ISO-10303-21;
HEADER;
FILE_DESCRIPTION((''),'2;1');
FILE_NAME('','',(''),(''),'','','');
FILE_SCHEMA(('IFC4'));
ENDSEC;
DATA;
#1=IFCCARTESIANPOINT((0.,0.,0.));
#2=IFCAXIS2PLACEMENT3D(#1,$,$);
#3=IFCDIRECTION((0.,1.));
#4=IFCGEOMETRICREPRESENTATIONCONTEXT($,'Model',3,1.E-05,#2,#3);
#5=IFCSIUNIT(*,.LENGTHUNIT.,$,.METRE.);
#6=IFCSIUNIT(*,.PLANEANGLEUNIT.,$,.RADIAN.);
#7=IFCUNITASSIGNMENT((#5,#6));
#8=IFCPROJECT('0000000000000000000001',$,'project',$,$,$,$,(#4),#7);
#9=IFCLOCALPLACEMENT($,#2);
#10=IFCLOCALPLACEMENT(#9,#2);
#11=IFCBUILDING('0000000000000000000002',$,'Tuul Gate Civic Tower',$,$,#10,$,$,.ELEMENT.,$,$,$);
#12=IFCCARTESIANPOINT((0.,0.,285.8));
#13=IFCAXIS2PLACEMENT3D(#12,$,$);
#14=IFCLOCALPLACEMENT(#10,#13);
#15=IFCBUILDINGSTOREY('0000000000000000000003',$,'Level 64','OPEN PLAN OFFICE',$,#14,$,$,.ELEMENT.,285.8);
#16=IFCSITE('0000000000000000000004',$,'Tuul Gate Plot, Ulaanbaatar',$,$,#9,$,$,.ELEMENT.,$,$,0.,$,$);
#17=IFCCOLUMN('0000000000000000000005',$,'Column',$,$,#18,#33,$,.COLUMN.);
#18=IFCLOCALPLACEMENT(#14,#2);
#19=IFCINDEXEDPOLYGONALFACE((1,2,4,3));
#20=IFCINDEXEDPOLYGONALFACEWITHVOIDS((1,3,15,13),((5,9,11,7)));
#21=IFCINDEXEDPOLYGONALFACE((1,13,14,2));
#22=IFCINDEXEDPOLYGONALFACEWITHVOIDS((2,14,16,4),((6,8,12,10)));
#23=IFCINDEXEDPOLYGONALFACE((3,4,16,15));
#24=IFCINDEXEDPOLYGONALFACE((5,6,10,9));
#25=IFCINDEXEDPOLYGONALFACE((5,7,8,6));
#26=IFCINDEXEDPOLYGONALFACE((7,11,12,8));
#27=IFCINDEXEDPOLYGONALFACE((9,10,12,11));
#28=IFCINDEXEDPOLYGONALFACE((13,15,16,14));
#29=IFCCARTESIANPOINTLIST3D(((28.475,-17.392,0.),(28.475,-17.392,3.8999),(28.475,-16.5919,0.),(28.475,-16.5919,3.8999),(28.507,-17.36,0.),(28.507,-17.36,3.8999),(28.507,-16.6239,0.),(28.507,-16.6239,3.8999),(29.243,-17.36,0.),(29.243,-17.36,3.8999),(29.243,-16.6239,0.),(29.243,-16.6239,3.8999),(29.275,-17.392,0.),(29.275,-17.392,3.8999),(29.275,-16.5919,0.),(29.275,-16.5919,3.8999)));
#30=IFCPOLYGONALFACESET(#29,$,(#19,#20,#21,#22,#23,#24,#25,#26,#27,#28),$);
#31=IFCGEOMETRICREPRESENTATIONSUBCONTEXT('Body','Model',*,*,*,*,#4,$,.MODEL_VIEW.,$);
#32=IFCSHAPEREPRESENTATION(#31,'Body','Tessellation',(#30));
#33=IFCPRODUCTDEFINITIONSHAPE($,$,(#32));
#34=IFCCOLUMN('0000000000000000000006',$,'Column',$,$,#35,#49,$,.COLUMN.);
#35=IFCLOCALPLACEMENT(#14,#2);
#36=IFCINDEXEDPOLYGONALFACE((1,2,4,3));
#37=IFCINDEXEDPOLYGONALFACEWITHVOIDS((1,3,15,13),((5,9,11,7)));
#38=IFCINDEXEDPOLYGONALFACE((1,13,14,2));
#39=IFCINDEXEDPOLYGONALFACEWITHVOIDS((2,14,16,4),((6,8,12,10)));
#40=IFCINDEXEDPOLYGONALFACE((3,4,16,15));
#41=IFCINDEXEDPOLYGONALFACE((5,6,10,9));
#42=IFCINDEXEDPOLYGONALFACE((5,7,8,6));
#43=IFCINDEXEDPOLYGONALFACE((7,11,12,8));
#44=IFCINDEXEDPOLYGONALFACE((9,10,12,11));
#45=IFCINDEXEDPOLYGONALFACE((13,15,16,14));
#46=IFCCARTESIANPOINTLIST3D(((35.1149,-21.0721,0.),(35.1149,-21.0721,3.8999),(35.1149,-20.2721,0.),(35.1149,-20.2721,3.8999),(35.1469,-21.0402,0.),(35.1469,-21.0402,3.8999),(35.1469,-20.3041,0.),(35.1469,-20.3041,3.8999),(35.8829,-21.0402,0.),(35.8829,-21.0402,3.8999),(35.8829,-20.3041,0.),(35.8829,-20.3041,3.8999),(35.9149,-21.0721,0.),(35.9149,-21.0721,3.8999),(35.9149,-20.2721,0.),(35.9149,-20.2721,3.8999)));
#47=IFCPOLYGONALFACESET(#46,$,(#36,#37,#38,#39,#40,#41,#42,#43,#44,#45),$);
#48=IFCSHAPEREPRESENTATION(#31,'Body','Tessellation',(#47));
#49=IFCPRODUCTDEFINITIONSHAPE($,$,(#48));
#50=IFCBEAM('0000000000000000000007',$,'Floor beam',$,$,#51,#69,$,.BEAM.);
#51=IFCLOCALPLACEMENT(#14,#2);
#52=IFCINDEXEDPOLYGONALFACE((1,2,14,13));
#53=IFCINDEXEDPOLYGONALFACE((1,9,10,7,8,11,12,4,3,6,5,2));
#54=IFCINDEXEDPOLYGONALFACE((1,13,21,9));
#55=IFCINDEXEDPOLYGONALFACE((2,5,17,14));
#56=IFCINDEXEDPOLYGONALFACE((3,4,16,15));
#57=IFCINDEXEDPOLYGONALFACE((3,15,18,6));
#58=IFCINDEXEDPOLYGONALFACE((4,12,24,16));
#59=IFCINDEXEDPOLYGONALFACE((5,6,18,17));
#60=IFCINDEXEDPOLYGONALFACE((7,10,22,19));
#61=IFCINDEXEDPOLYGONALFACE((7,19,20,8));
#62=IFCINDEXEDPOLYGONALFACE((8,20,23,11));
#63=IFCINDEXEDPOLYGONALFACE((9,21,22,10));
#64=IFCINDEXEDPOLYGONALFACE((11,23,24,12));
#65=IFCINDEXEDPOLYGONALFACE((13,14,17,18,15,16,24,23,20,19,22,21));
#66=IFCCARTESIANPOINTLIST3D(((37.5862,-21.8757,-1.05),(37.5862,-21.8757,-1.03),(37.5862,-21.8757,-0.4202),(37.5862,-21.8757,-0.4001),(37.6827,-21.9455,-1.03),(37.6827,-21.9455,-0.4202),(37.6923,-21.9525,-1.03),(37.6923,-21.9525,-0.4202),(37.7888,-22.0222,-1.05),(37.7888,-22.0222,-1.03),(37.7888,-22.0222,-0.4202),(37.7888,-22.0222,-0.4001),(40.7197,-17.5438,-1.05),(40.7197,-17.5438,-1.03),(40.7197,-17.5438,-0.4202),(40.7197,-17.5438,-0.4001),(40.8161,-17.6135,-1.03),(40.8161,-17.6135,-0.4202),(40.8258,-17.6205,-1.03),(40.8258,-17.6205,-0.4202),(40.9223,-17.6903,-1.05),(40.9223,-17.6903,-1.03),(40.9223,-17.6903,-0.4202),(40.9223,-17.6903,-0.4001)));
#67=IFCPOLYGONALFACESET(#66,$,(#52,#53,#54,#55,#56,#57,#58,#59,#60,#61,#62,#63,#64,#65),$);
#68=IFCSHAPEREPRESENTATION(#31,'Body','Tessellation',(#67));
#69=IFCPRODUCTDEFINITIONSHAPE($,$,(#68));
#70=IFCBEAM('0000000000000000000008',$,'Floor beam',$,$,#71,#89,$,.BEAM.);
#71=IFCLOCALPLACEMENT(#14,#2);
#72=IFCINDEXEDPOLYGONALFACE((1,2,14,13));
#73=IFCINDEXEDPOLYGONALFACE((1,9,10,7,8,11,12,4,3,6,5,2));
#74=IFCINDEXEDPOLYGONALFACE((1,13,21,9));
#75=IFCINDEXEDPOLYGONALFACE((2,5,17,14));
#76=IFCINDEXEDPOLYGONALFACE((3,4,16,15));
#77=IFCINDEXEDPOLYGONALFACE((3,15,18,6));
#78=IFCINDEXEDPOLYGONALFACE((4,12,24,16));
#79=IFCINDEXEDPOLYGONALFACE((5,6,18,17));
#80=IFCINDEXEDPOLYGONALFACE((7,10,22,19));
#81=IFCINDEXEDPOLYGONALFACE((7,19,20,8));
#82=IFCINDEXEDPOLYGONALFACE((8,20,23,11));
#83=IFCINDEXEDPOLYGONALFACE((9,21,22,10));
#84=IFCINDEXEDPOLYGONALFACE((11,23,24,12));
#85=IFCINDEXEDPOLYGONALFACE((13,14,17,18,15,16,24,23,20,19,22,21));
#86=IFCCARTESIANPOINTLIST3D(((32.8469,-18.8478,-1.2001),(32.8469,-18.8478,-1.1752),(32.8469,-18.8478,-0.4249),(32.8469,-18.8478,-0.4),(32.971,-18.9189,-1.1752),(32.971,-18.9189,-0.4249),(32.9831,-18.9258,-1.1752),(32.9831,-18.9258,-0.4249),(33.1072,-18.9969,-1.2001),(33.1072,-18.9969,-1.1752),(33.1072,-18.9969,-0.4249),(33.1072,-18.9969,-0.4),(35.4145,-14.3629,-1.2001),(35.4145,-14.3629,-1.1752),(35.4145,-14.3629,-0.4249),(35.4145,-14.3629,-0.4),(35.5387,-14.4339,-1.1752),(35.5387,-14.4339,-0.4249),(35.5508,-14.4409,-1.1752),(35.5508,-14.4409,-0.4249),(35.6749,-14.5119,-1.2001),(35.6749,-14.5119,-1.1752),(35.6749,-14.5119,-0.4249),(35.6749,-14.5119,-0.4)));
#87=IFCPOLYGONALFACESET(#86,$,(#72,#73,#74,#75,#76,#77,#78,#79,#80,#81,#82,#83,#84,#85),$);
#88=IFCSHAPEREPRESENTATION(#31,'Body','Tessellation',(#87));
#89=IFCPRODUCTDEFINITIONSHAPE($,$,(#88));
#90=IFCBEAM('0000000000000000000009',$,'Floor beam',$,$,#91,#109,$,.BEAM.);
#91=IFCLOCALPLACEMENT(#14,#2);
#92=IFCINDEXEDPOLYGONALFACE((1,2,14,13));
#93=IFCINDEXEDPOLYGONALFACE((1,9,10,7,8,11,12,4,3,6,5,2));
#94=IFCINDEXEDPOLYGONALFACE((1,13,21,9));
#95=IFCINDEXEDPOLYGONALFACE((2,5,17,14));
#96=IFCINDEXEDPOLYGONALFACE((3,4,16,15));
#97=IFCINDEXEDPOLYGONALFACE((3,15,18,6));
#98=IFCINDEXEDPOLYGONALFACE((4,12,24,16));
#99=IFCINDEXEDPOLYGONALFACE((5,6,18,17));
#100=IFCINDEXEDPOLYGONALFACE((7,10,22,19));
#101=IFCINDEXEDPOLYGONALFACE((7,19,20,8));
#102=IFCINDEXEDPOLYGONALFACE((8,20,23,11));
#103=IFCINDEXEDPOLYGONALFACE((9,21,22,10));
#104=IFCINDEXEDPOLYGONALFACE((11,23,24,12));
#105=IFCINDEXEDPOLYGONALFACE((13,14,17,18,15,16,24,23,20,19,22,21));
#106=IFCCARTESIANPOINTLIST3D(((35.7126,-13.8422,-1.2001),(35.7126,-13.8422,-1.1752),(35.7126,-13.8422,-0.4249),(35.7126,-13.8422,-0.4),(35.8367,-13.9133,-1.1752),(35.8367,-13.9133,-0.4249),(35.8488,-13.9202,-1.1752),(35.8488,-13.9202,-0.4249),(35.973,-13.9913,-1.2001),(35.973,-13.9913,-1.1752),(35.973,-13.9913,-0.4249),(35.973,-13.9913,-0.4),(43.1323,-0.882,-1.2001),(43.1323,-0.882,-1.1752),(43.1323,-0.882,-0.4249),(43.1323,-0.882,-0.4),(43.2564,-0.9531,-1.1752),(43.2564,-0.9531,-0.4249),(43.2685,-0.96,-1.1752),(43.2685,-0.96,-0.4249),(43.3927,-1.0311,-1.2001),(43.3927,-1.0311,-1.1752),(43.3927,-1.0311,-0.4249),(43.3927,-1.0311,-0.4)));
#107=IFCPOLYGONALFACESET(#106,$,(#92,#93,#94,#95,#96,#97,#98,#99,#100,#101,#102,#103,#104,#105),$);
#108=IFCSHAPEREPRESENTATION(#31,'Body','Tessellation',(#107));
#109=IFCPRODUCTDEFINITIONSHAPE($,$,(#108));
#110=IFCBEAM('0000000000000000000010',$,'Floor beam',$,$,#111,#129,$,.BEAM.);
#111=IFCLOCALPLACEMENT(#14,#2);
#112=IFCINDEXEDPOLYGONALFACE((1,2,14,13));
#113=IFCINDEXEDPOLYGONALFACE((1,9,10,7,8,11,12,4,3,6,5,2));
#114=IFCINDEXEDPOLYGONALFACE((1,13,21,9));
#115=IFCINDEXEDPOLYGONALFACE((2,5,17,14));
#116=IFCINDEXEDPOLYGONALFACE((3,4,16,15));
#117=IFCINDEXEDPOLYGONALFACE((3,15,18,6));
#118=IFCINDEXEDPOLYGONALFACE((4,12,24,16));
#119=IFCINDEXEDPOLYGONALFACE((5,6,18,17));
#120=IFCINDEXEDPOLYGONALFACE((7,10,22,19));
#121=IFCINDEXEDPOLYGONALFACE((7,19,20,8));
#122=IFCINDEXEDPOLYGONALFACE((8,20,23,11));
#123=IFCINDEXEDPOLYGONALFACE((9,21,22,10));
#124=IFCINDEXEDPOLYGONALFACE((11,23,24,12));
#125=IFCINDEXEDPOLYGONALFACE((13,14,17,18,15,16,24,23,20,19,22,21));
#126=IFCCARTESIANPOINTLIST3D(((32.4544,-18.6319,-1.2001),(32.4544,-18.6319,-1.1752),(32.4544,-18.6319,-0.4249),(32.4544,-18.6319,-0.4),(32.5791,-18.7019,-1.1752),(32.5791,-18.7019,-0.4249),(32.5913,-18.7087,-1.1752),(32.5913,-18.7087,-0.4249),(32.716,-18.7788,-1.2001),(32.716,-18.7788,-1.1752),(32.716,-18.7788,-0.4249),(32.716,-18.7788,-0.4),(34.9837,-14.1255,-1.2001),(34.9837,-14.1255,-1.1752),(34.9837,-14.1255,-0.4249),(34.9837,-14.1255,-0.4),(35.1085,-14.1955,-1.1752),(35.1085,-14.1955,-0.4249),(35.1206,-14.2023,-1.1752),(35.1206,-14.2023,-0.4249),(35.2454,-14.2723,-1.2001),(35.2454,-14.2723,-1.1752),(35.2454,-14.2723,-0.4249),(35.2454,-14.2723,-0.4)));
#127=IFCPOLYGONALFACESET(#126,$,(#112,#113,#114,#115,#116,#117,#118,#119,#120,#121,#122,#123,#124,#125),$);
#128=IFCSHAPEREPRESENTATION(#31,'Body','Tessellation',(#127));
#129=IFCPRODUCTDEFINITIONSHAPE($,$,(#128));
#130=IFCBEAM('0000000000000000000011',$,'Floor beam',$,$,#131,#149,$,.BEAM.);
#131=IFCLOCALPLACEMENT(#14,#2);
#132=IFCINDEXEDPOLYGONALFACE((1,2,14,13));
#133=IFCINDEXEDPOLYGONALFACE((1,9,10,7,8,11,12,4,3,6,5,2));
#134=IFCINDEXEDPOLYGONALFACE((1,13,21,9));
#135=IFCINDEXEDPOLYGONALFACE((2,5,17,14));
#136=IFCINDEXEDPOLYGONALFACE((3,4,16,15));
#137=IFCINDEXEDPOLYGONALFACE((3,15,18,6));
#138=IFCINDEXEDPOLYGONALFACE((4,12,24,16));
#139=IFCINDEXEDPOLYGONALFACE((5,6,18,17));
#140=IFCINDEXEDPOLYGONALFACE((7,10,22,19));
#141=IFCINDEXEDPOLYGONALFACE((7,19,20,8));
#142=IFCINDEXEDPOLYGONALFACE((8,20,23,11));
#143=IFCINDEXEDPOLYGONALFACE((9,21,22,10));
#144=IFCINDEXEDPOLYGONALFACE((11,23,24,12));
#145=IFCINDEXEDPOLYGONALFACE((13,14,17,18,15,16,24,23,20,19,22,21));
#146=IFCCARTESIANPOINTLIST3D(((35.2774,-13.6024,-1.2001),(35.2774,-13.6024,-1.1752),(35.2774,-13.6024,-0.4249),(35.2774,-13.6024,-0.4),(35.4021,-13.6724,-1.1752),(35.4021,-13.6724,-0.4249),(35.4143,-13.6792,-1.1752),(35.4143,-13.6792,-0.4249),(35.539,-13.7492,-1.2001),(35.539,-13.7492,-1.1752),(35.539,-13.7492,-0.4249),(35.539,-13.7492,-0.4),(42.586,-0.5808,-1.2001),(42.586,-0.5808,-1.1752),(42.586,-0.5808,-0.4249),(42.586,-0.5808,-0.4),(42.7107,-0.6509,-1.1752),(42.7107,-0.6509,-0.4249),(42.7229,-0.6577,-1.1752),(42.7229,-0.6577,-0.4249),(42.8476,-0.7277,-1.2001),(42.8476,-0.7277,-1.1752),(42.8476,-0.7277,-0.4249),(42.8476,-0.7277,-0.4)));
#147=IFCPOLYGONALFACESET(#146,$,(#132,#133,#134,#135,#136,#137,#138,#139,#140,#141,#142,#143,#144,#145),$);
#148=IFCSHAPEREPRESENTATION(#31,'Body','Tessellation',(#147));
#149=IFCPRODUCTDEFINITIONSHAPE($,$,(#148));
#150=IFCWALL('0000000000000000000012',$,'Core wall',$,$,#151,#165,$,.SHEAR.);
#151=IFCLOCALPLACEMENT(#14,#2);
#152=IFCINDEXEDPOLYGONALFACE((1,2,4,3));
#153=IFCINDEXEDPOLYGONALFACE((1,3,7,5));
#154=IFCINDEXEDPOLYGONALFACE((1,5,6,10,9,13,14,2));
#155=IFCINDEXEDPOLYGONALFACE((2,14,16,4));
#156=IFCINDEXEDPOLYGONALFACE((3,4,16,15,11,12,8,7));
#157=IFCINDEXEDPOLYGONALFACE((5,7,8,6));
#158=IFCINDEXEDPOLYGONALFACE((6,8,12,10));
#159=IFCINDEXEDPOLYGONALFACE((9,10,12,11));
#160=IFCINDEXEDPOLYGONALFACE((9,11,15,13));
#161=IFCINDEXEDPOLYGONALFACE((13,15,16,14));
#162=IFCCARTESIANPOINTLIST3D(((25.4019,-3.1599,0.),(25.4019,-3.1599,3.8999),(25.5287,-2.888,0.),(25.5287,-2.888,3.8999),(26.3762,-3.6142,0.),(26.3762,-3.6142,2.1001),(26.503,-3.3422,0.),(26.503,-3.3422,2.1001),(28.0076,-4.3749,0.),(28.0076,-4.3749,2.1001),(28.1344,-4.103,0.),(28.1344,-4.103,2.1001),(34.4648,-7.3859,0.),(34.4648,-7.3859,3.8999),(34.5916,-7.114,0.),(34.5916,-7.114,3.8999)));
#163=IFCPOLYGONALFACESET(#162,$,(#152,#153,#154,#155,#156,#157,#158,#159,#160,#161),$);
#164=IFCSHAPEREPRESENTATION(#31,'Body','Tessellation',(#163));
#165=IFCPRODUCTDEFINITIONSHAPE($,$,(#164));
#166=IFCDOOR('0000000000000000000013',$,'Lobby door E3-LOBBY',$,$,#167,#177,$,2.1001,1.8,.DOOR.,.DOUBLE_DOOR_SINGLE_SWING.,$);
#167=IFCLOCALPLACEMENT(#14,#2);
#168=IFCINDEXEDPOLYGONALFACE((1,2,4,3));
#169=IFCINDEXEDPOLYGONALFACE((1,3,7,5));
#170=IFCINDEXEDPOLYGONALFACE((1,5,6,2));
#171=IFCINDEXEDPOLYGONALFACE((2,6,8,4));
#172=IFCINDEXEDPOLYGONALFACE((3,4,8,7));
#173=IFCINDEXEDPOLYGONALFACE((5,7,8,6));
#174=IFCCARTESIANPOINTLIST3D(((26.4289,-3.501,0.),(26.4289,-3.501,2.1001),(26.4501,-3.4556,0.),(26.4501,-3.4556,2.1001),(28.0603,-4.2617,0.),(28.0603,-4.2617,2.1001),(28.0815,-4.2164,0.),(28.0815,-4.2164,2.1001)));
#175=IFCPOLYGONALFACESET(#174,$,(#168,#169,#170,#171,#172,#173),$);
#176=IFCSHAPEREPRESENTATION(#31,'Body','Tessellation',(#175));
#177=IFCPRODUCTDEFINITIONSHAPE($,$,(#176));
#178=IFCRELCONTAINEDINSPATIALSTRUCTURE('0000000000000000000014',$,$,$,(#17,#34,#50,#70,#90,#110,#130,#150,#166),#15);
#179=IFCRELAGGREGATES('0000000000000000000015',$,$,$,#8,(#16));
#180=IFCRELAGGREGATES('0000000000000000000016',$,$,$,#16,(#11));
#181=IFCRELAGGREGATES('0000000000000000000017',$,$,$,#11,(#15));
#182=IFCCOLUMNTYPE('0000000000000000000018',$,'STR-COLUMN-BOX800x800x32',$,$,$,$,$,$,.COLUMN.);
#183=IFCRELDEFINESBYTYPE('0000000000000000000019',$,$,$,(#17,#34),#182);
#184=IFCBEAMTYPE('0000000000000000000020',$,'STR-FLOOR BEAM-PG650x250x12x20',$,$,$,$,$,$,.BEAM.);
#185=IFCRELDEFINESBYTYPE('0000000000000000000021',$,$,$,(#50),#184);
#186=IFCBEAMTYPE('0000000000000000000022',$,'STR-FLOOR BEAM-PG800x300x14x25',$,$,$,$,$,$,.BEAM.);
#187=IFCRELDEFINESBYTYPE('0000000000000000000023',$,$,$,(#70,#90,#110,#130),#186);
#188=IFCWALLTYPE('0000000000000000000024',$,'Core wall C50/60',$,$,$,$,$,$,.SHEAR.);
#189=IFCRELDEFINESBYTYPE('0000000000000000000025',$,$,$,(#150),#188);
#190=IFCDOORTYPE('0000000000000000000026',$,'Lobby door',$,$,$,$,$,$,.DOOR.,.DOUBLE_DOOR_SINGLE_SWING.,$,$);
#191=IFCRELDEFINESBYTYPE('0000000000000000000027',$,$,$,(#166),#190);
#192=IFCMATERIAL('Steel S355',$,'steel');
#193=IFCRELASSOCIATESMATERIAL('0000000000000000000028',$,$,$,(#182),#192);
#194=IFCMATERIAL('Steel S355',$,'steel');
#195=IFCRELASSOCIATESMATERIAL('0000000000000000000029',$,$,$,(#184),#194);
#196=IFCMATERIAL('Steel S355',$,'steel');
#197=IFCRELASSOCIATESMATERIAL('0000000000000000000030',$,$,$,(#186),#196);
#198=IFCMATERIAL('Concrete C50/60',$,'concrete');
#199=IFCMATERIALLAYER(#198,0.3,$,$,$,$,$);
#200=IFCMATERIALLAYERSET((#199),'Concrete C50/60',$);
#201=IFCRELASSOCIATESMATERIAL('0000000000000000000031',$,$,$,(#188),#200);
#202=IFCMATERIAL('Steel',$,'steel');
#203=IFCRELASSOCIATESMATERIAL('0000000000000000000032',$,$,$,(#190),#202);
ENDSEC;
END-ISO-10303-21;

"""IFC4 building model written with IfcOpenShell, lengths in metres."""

from ifc_helpers import new_model, si_unit, direction, frame, frame_2d, origin, origin_2d, place, context, subcontext, project, spatial, rectangle, hollow_rectangle, i_section, extrude, material, layer, layer_set, material_profile, profile_set, type_object, element, fill, save


model = new_model("IFC4")

# Units and contexts
model_context = context("Model", 3, precision=1e-05, world=origin(), true_north=direction((0.0, 1.0)))
body_context = subcontext(model_context, "Body", "Model", "MODEL_VIEW")
ifc_project = project(units=[si_unit("LENGTHUNIT", "METRE"), si_unit("PLANEANGLEUNIT", "RADIAN")], contexts=[model_context])

# Site, building, storey
site_placement = place(None, origin())
site = spatial("IfcSite", under=ifc_project, at=site_placement, Name="Tuul Gate Plot, Ulaanbaatar", CompositionType="ELEMENT", RefElevation=0.0)
building_placement = place(site_placement, origin())
building = spatial("IfcBuilding", under=site, at=building_placement, Name="Tuul Gate Civic Tower", CompositionType="ELEMENT")
storey_placement = place(building_placement, frame((0.0, 0.0, 285.8)))
storey = spatial("IfcBuildingStorey", under=building, at=storey_placement, Name="Level 64", Description="OPEN PLAN OFFICE", CompositionType="ELEMENT", Elevation=285.8)

# Columns
ifc_material_1 = material(Name="Steel S355", Category="steel")
ifc_material_profile_1 = material_profile(ifc_material_1, hollow_rectangle(XDim=0.8, YDim=0.8, WallThickness=0.032, at=origin_2d()), Name="BOX800x800x32")
ifc_profile_set_1 = profile_set([ifc_material_profile_1], Name="Steel S355")
column_type = type_object("IfcColumnType", Name="STR-COLUMN-BOX800x800x32", PredefinedType="COLUMN", material=ifc_profile_set_1)
for number, where, z_axis, x_axis, name in (
    (1, (28.875, -16.9919, 0.0), (0.0, 0.0, 1.0), (1.0, 0.0, 0.0), "Column"),
    (2, (35.5149, -20.6721, 0.0), (0.0, 0.0, 1.0), (1.0, 0.0, 0.0), "Column"),
):
    element("IfcColumn", number, at=place(storey_placement, frame(where, z_axis=z_axis, x_axis=x_axis)), inside=storey, type_object=column_type, Name=name, PredefinedType="COLUMN", context=body_context, shape_type="SweptSolid", body=[
        extrude(hollow_rectangle(XDim=0.8, YDim=0.8, WallThickness=0.032, at=origin_2d()), origin(), (0.0, 0.0, 1.0), 3.8999),
    ])

# Beams
ifc_material_2 = material(Name="Steel S355", Category="steel")
ifc_material_profile_2 = material_profile(ifc_material_2, i_section(OverallWidth=0.25, OverallDepth=0.6499, WebThickness=0.012, FlangeThickness=0.02, at=origin_2d()), Name="PG650x250x12x20")
ifc_profile_set_2 = profile_set([ifc_material_profile_2], Name="Steel S355")
beam_type_1 = type_object("IfcBeamType", Name="STR-FLOOR BEAM-PG650x250x12x20", PredefinedType="BEAM", material=ifc_profile_set_2)
beam_1_placement = place(storey_placement, frame((37.6875, -21.949, -0.7251), z_axis=(0.586087, 0.810248, 0.0), x_axis=(-0.810248, 0.586087, 0.0)))
element("IfcBeam", 3, at=beam_1_placement, inside=storey, type_object=beam_type_1, Name="Floor beam", PredefinedType="BEAM", context=body_context, shape_type="SweptSolid", body=[
    extrude(i_section(OverallWidth=0.25, OverallDepth=0.6499, WebThickness=0.012, FlangeThickness=0.02, at=origin_2d()), origin(), (0.0, 0.0, 1.0), 5.3464),
])
ifc_material_3 = material(Name="Steel S355", Category="steel")
ifc_material_profile_3 = material_profile(ifc_material_3, i_section(OverallWidth=0.3, OverallDepth=0.8, WebThickness=0.0139, FlangeThickness=0.0249, at=origin_2d()), Name="PG800x300x14x25")
ifc_profile_set_3 = profile_set([ifc_material_profile_3], Name="Steel S355")
beam_type_2 = type_object("IfcBeamType", Name="STR-FLOOR BEAM-PG800x300x14x25", PredefinedType="BEAM", material=ifc_profile_set_3)
beam_2_placement = place(storey_placement, frame((32.9771, -18.9224, -0.8), z_axis=(0.496846, 0.867839, 0.0), x_axis=(-0.867839, 0.496846, 0.0)))
element("IfcBeam", 4, at=beam_2_placement, inside=storey, type_object=beam_type_2, Name="Floor beam", PredefinedType="BEAM", context=body_context, shape_type="SweptSolid", body=[
    extrude(i_section(OverallWidth=0.3, OverallDepth=0.8, WebThickness=0.0139, FlangeThickness=0.0249, at=origin_2d()), origin(), (0.0, 0.0, 1.0), 5.168),
])
beam_3_placement = place(storey_placement, frame((35.8428, -13.9167, -0.8), z_axis=(0.496838, 0.867843, 0.0), x_axis=(-0.867843, 0.496838, 0.0)))
element("IfcBeam", 5, at=beam_3_placement, inside=storey, type_object=beam_type_2, Name="Floor beam", PredefinedType="BEAM", context=body_context, shape_type="SweptSolid", body=[
    extrude(i_section(OverallWidth=0.3, OverallDepth=0.8, WebThickness=0.0139, FlangeThickness=0.0249, at=origin_2d()), origin(), (0.0, 0.0, 1.0), 14.9338),
])
beam_4_placement = place(storey_placement, frame((32.5852, -18.7053, -0.8), z_axis=(0.489449, 0.872032, 0.0), x_axis=(-0.872032, 0.489449, 0.0)))
element("IfcBeam", 6, at=beam_4_placement, inside=storey, type_object=beam_type_2, Name="Floor beam", PredefinedType="BEAM", context=body_context, shape_type="SweptSolid", body=[
    extrude(i_section(OverallWidth=0.3, OverallDepth=0.8, WebThickness=0.0139, FlangeThickness=0.0249, at=origin_2d()), origin(), (0.0, 0.0, 1.0), 5.1677),
])
beam_5_placement = place(storey_placement, frame((35.4082, -13.6758, -0.8), z_axis=(0.489448, 0.872033, 0.0), x_axis=(-0.872033, 0.489448, 0.0)))
element("IfcBeam", 7, at=beam_5_placement, inside=storey, type_object=beam_type_2, Name="Floor beam", PredefinedType="BEAM", context=body_context, shape_type="SweptSolid", body=[
    extrude(i_section(OverallWidth=0.3, OverallDepth=0.8, WebThickness=0.0139, FlangeThickness=0.0249, at=origin_2d()), origin(), (0.0, 0.0, 1.0), 14.9324),
])

# Wall, opening, door
ifc_material_4 = material(Name="Concrete C50/60", Category="concrete")
ifc_layer_1 = layer(ifc_material_4, 0.3)
ifc_layer_set_1 = layer_set([ifc_layer_1], Name="Concrete C50/60")
wall_type_1 = type_object("IfcWallType", Name="Core wall C50/60", PredefinedType="SHEAR", material=ifc_layer_set_1)
wall_1_placement = place(storey_placement, frame((34.5283, -7.25, 0.0), z_axis=(0.0, 0.0, 1.0), x_axis=(-0.90631, 0.422613, 0.0)))
wall_1 = element("IfcWall", 8, at=wall_1_placement, inside=storey, type_object=wall_type_1, Name="Core wall", PredefinedType="SHEAR", context=body_context, shape_type="SweptSolid", body=[
    extrude(rectangle(XDim=9.9998, YDim=0.3, at=frame_2d((5.0, 0.0))), origin(), (0.0, 0.0, 1.0), 3.8999),
])
opening_1_placement = place(wall_1_placement, frame((7.125, 0.0, 0.0)))
opening_1 = element("IfcOpeningElement", 9, at=opening_1_placement, cuts=wall_1, PredefinedType="OPENING", context=body_context, shape_type="SweptSolid", body=[
    extrude(rectangle(XDim=1.8, YDim=2.1001, at=frame_2d((0.8999, 1.05))), frame((0.0, 0.1602, 0.0), z_axis=(0.0, -1.0, 0.0), x_axis=(1.0, 0.0, 0.0)), (0.0, 0.0, 1.0), 0.3201),
])
ifc_material_5 = material(Name="Steel", Category="steel")
door_type_1 = type_object("IfcDoorType", Name="Lobby door", OperationType="DOUBLE_DOOR_SINGLE_SWING", PredefinedType="DOOR", material=ifc_material_5)
door_1_placement = place(opening_1_placement, frame((1.8, 0.0, 0.0), z_axis=(0.0, 0.0, 1.0), x_axis=(-1.0, 0.0, 0.0)))
door_1 = element("IfcDoor", 10, at=door_1_placement, inside=storey, type_object=door_type_1, Name="Lobby door E3-LOBBY", OperationType="DOUBLE_DOOR_SINGLE_SWING", OverallHeight=2.1001, OverallWidth=1.8, PredefinedType="DOOR", context=body_context, shape_type="SweptSolid", body=[
    extrude(rectangle(XDim=1.8, YDim=2.1001, at=frame_2d((0.9001, 1.05))), frame((0.0, 0.0249, 0.0), z_axis=(0.0, -1.0, 0.0), x_axis=(1.0, 0.0, 0.0)), (0.0, 0.0, 1.0), 0.05),
])
fill(opening_1, door_1)

save(model, "model.ifc")
